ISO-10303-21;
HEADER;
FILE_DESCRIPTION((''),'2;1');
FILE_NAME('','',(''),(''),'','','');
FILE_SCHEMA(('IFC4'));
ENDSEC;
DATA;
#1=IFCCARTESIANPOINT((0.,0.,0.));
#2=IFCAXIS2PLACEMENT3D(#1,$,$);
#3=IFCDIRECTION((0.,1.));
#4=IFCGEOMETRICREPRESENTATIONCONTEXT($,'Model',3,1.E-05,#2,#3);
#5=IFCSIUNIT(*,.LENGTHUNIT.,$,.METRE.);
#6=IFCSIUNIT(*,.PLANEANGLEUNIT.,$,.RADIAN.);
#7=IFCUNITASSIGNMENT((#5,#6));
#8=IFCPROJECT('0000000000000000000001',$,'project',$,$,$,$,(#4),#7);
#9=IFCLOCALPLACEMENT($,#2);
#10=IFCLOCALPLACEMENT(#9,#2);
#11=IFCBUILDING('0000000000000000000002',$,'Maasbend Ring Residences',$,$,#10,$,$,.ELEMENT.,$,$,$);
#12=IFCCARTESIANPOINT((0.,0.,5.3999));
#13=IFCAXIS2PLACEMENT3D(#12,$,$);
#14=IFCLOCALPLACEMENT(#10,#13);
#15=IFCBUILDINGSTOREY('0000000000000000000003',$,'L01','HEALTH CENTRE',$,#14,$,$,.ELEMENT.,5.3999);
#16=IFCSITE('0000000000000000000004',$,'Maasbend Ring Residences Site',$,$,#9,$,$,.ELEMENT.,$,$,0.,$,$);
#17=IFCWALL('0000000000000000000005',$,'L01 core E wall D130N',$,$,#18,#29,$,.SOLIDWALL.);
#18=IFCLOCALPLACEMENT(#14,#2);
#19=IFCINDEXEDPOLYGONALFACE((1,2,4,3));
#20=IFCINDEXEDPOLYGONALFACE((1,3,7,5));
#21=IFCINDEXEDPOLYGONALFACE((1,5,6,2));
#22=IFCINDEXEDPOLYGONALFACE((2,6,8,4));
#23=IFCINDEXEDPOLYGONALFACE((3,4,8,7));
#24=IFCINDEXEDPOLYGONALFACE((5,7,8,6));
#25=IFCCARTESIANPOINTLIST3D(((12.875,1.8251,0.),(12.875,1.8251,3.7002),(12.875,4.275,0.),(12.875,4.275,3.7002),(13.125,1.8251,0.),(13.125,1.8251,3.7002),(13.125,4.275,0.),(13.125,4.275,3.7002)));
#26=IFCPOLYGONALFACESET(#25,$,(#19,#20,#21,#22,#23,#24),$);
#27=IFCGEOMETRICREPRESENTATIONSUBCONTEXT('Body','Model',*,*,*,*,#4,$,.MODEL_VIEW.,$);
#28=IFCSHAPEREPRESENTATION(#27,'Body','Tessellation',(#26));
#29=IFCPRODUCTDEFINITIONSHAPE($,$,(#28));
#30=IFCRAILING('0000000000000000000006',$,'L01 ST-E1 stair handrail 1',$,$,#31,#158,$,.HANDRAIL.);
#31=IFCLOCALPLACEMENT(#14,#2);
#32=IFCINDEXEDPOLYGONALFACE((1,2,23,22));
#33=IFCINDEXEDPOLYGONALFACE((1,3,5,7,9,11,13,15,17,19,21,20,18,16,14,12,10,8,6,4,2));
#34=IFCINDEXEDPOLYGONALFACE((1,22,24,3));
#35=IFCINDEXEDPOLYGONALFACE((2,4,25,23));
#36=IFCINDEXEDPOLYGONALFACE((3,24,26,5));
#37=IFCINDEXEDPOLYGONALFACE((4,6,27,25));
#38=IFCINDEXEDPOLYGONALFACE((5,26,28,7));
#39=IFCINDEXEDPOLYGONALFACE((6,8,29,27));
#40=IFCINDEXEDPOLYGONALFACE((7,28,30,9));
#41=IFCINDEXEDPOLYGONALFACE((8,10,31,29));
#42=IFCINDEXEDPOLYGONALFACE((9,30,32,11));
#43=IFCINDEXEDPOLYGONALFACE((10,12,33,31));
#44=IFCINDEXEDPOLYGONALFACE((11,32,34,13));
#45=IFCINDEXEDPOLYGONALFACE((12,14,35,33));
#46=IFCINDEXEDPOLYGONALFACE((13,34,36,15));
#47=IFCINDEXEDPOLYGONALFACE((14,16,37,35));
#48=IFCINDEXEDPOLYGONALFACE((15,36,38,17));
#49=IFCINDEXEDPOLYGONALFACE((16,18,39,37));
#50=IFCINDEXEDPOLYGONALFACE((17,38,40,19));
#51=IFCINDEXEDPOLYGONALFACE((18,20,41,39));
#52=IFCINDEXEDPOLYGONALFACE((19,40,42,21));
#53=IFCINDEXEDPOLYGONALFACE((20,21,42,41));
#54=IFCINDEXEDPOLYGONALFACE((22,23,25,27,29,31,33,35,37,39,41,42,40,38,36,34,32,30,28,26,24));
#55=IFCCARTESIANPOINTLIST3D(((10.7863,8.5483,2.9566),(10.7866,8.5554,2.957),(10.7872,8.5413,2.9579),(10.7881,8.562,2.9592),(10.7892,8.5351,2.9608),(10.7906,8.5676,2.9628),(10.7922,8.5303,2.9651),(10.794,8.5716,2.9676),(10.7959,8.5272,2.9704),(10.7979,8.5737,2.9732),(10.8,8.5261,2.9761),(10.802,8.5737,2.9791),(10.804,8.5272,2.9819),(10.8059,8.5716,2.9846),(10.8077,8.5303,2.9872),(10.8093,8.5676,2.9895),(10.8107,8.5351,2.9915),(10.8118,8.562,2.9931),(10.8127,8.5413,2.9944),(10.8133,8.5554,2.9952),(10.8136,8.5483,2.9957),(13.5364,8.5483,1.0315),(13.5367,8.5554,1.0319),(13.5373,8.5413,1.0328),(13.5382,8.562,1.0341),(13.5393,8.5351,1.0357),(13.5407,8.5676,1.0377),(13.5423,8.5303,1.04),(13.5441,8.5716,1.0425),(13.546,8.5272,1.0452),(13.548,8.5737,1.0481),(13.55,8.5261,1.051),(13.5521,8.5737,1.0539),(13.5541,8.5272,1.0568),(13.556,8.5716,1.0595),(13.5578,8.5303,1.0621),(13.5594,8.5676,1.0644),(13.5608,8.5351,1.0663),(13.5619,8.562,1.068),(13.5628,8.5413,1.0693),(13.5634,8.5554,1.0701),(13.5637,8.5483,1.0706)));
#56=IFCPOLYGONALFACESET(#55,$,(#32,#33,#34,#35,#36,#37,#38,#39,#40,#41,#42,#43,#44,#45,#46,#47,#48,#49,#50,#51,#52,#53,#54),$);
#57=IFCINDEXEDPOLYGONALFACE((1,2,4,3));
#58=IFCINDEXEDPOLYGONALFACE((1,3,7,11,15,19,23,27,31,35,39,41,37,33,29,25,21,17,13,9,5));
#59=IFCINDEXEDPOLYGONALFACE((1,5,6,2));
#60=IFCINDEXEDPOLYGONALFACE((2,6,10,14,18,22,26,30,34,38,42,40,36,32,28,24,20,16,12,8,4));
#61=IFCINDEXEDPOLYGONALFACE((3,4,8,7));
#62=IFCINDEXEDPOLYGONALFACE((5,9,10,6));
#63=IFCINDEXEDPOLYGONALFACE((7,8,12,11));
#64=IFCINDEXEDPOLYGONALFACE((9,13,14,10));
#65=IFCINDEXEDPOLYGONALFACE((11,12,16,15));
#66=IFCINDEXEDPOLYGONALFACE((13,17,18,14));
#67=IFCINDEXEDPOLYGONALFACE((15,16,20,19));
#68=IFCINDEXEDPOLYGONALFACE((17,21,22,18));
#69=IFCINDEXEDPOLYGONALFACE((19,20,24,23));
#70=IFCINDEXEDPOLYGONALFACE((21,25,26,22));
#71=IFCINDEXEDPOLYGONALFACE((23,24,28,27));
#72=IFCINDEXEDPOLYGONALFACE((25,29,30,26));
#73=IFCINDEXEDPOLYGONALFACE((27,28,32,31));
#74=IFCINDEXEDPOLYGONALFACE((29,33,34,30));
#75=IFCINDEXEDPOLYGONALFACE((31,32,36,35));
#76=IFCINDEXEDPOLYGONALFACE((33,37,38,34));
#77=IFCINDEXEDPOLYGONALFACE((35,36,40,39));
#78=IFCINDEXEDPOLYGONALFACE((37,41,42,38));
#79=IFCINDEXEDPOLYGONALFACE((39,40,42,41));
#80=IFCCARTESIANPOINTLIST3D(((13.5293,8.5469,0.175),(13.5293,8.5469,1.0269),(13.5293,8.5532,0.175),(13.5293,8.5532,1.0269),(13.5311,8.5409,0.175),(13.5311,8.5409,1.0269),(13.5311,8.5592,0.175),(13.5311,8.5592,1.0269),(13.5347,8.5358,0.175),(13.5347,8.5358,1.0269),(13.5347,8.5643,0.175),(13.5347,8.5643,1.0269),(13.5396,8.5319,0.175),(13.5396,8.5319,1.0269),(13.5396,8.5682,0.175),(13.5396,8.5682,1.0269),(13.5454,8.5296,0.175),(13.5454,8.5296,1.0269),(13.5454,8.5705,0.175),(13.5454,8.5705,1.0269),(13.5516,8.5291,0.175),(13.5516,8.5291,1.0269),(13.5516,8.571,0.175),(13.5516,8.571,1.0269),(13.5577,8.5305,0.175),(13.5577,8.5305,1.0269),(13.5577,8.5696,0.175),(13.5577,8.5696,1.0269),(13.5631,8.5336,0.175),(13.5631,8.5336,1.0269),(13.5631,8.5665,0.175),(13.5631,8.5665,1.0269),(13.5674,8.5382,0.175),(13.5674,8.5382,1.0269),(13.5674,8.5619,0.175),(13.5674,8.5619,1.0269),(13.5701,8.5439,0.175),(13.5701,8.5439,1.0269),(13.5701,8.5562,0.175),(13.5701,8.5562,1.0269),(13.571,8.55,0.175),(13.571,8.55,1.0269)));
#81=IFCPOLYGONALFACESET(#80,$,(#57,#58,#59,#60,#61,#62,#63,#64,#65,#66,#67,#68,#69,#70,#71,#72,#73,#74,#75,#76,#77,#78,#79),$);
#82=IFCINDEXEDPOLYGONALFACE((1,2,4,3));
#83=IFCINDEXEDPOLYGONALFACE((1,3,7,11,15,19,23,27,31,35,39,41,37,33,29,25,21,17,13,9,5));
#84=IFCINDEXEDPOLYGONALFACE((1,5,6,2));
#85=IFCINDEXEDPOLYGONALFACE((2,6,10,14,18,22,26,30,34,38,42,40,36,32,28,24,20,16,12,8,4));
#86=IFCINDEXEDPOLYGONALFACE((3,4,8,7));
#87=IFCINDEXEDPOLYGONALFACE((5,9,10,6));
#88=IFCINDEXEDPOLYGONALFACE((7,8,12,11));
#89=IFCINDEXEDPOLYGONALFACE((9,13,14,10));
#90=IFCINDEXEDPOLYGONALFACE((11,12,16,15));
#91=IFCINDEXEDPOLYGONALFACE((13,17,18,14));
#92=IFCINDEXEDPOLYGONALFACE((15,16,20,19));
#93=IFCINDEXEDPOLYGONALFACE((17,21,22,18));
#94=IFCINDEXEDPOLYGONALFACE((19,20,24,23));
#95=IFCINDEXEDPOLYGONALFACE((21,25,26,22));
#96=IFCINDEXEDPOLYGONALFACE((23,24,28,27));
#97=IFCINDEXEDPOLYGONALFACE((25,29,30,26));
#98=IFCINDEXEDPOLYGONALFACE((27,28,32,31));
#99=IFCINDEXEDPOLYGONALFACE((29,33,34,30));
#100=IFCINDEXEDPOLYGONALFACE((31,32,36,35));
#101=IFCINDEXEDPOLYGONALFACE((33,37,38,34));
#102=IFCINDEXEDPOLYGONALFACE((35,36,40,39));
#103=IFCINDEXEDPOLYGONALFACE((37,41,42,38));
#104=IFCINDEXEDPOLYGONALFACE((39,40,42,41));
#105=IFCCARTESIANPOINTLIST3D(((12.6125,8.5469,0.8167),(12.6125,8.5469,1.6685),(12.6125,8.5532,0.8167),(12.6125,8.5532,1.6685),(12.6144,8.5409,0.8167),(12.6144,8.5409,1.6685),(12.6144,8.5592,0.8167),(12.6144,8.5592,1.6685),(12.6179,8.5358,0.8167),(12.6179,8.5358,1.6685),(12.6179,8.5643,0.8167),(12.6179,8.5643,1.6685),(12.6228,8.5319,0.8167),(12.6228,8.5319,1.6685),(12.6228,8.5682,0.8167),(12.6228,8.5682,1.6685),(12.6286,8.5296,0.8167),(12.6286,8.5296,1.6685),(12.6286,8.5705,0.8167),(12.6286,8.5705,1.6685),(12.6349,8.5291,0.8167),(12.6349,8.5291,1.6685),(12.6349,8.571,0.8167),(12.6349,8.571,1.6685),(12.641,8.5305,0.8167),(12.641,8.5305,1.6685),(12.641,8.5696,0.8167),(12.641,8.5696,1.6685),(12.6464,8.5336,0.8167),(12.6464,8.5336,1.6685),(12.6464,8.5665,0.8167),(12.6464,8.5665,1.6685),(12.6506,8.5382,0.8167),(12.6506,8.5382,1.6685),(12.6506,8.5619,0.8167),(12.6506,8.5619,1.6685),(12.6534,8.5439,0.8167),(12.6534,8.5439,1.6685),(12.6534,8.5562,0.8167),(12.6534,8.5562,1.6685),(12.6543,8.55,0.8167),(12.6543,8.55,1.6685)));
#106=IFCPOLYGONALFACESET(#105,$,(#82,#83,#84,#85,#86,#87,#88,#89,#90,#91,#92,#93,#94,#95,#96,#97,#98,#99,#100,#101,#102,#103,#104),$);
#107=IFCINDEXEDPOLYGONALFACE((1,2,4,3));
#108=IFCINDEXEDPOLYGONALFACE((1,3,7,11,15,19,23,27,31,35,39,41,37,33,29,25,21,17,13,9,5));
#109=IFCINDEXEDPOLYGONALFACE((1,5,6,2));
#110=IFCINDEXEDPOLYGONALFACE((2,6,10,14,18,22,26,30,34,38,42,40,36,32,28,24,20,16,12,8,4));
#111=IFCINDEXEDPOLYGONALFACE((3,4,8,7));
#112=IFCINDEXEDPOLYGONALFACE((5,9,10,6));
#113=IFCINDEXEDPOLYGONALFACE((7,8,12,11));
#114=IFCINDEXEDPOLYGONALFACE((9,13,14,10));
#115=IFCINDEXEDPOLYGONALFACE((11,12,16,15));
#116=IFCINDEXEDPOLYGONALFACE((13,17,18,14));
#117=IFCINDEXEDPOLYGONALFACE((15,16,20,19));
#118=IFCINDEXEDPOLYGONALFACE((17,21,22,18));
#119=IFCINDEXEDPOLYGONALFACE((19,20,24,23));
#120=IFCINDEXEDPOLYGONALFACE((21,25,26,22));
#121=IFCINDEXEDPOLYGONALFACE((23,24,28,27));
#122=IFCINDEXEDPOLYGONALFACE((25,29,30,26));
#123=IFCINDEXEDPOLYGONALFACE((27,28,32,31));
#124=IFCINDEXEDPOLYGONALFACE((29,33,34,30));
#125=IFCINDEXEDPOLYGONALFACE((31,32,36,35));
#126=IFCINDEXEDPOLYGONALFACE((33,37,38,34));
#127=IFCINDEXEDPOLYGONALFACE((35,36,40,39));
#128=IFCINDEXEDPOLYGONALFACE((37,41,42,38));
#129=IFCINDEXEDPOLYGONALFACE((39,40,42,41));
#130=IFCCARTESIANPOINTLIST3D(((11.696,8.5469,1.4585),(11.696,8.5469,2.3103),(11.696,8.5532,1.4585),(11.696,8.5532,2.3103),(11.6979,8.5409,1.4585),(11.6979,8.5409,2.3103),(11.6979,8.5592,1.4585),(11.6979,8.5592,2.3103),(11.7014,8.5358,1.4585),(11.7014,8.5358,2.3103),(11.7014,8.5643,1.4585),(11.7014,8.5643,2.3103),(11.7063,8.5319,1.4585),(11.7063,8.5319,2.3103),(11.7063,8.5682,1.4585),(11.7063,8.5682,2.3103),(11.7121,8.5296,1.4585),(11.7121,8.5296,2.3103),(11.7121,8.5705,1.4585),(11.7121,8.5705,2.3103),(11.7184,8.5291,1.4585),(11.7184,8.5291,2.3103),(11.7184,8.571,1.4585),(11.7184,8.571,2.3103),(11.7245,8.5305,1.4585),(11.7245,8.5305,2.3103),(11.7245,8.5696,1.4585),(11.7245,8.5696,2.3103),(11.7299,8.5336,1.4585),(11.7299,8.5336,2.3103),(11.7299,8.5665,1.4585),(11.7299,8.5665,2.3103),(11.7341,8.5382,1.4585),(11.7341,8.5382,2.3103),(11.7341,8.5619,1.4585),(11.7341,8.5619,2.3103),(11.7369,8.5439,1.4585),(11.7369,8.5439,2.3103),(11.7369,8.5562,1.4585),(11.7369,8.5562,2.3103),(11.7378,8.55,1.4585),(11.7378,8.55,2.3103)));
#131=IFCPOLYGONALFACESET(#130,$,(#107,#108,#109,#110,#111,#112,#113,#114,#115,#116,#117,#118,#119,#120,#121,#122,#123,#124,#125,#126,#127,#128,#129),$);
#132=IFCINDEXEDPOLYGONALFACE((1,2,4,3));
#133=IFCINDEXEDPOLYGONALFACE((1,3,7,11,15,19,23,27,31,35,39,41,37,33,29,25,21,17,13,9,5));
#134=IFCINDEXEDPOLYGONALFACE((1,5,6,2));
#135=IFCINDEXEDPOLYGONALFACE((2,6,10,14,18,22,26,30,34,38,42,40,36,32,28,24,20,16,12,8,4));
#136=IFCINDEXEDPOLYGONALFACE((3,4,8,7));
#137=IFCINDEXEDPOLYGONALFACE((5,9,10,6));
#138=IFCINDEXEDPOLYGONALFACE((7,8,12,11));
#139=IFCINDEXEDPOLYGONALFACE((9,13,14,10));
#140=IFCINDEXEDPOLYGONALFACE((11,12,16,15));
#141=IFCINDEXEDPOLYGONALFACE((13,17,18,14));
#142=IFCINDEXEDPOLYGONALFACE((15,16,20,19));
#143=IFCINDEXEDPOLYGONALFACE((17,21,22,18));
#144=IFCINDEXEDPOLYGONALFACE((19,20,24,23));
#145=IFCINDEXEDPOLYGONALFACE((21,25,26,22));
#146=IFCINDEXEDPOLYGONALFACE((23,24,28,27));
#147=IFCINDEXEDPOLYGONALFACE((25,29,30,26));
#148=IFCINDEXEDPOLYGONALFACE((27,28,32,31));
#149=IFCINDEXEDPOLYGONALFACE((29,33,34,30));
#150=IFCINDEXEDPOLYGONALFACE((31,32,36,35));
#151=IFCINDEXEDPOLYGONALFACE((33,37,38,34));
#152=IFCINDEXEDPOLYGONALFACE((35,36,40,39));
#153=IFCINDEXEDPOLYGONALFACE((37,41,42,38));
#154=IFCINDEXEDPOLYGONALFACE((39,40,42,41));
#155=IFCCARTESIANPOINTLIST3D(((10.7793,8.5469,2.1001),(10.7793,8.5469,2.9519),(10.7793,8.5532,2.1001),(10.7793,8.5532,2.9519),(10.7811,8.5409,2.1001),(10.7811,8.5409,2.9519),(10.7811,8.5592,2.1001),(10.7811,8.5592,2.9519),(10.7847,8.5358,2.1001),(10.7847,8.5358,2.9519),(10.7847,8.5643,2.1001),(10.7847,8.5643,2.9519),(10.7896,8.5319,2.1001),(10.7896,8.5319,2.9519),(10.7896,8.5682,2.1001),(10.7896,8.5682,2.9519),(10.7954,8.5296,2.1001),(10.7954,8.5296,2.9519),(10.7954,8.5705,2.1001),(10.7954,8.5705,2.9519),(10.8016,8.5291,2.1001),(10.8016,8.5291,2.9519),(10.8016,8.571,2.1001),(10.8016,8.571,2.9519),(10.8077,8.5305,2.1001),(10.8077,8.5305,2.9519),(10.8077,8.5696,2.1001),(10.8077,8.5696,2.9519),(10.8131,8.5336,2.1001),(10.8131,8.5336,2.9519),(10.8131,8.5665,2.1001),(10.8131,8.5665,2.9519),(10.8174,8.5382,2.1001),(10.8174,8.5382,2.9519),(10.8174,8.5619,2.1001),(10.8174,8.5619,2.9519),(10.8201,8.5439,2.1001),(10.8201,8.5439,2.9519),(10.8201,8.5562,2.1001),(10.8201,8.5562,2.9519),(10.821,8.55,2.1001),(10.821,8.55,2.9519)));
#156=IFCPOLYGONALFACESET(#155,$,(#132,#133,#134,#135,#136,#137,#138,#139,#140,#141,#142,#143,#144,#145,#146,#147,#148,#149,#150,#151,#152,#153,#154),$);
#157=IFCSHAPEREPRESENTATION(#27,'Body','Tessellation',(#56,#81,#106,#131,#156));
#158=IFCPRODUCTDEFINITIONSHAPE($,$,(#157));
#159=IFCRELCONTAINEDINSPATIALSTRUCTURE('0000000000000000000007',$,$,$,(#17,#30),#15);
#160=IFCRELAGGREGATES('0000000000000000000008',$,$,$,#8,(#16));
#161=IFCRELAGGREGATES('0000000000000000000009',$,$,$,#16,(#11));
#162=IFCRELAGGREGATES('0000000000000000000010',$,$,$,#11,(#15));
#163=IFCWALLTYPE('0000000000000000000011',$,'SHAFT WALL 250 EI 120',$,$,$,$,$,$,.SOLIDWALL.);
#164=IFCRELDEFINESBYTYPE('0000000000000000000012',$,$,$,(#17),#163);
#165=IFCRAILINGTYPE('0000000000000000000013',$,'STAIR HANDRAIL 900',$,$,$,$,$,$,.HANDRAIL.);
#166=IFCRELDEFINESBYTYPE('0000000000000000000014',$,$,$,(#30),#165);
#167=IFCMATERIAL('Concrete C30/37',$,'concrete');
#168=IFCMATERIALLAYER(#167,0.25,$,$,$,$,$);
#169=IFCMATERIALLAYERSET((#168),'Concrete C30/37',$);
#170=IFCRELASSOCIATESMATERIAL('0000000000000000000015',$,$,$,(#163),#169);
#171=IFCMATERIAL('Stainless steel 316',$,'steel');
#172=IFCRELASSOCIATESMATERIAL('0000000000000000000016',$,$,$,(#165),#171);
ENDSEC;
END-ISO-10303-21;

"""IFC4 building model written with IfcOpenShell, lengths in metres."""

from ifc_helpers import new_model, si_unit, direction, frame, frame_2d, origin, origin_2d, place, context, subcontext, project, spatial, rectangle, circle, extrude, material, layer, layer_set, type_object, element, save


model = new_model("IFC4")

# Units and contexts
model_context = context("Model", 3, precision=1e-05, world=origin(), true_north=direction((0.0, 1.0)))
body_context = subcontext(model_context, "Body", "Model", "MODEL_VIEW")
ifc_project = project(units=[si_unit("LENGTHUNIT", "METRE"), si_unit("PLANEANGLEUNIT", "RADIAN")], contexts=[model_context])

# Site, building, storey
site_placement = place(None, origin())
site = spatial("IfcSite", under=ifc_project, at=site_placement, Name="Maasbend Ring Residences Site", CompositionType="ELEMENT", RefElevation=0.0)
building_placement = place(site_placement, origin())
building = spatial("IfcBuilding", under=site, at=building_placement, Name="Maasbend Ring Residences", CompositionType="ELEMENT")
storey_placement = place(building_placement, frame((0.0, 0.0, 5.3999)))
storey = spatial("IfcBuildingStorey", under=building, at=storey_placement, Name="L01", Description="HEALTH CENTRE", CompositionType="ELEMENT", Elevation=5.3999)

# Wall
ifc_material_1 = material(Name="Concrete C30/37", Category="concrete")
ifc_layer_1 = layer(ifc_material_1, 0.25)
ifc_layer_set_1 = layer_set([ifc_layer_1], Name="Concrete C30/37")
wall_type_1 = type_object("IfcWallType", Name="SHAFT WALL 250 EI 120", PredefinedType="SOLIDWALL", material=ifc_layer_set_1)
for number, where, z_axis, x_axis, name in (
    (1, (13.0, 1.825, 0.0), (0.0, 0.0, 1.0), (0.0, 1.0, 0.0), "L01 core E wall D130N"),
):
    element("IfcWall", number, at=place(storey_placement, frame(where, z_axis=z_axis, x_axis=x_axis)), inside=storey, type_object=wall_type_1, Name=name, PredefinedType="SOLIDWALL", context=body_context, shape_type="SweptSolid", body=[
        extrude(rectangle(XDim=2.45, YDim=0.25, at=frame_2d((1.2251, 0.0))), origin(), (0.0, 0.0, 1.0), 3.7002),
    ])

# Railing
ifc_material_2 = material(Name="Stainless steel 316", Category="steel")
railing_type_1 = type_object("IfcRailingType", Name="STAIR HANDRAIL 900", PredefinedType="HANDRAIL", material=ifc_material_2)
railing_1_placement = place(storey_placement, frame((13.55, 8.55, 0.175)))
element("IfcRailing", 2, at=railing_1_placement, inside=storey, type_object=railing_type_1, Name="L01 ST-E1 stair handrail 1", PredefinedType="HANDRAIL", context=body_context, shape_type="SweptSolid", body=[
    extrude(circle(Radius=0.0239, at=origin_2d()), frame((0.0, 0.0, 0.876), z_axis=(-0.819225, 0.0, 0.573472), x_axis=(0.0, -1.0, 0.0)), (0.0, 0.0, 1.0), 3.3569),
    extrude(circle(Radius=0.021, at=origin_2d()), origin(), (0.0, 0.0, 1.0), 0.8518),
    extrude(circle(Radius=0.021, at=origin_2d()), frame((-0.9167, 0.0, 0.6416)), (0.0, 0.0, 1.0), 0.8518),
    extrude(circle(Radius=0.021, at=origin_2d()), frame((-1.8333, 0.0, 1.2834)), (0.0, 0.0, 1.0), 0.8518),
    extrude(circle(Radius=0.021, at=origin_2d()), frame((-2.75, 0.0, 1.925)), (0.0, 0.0, 1.0), 0.8518),
])

save(model, "model.ifc")
